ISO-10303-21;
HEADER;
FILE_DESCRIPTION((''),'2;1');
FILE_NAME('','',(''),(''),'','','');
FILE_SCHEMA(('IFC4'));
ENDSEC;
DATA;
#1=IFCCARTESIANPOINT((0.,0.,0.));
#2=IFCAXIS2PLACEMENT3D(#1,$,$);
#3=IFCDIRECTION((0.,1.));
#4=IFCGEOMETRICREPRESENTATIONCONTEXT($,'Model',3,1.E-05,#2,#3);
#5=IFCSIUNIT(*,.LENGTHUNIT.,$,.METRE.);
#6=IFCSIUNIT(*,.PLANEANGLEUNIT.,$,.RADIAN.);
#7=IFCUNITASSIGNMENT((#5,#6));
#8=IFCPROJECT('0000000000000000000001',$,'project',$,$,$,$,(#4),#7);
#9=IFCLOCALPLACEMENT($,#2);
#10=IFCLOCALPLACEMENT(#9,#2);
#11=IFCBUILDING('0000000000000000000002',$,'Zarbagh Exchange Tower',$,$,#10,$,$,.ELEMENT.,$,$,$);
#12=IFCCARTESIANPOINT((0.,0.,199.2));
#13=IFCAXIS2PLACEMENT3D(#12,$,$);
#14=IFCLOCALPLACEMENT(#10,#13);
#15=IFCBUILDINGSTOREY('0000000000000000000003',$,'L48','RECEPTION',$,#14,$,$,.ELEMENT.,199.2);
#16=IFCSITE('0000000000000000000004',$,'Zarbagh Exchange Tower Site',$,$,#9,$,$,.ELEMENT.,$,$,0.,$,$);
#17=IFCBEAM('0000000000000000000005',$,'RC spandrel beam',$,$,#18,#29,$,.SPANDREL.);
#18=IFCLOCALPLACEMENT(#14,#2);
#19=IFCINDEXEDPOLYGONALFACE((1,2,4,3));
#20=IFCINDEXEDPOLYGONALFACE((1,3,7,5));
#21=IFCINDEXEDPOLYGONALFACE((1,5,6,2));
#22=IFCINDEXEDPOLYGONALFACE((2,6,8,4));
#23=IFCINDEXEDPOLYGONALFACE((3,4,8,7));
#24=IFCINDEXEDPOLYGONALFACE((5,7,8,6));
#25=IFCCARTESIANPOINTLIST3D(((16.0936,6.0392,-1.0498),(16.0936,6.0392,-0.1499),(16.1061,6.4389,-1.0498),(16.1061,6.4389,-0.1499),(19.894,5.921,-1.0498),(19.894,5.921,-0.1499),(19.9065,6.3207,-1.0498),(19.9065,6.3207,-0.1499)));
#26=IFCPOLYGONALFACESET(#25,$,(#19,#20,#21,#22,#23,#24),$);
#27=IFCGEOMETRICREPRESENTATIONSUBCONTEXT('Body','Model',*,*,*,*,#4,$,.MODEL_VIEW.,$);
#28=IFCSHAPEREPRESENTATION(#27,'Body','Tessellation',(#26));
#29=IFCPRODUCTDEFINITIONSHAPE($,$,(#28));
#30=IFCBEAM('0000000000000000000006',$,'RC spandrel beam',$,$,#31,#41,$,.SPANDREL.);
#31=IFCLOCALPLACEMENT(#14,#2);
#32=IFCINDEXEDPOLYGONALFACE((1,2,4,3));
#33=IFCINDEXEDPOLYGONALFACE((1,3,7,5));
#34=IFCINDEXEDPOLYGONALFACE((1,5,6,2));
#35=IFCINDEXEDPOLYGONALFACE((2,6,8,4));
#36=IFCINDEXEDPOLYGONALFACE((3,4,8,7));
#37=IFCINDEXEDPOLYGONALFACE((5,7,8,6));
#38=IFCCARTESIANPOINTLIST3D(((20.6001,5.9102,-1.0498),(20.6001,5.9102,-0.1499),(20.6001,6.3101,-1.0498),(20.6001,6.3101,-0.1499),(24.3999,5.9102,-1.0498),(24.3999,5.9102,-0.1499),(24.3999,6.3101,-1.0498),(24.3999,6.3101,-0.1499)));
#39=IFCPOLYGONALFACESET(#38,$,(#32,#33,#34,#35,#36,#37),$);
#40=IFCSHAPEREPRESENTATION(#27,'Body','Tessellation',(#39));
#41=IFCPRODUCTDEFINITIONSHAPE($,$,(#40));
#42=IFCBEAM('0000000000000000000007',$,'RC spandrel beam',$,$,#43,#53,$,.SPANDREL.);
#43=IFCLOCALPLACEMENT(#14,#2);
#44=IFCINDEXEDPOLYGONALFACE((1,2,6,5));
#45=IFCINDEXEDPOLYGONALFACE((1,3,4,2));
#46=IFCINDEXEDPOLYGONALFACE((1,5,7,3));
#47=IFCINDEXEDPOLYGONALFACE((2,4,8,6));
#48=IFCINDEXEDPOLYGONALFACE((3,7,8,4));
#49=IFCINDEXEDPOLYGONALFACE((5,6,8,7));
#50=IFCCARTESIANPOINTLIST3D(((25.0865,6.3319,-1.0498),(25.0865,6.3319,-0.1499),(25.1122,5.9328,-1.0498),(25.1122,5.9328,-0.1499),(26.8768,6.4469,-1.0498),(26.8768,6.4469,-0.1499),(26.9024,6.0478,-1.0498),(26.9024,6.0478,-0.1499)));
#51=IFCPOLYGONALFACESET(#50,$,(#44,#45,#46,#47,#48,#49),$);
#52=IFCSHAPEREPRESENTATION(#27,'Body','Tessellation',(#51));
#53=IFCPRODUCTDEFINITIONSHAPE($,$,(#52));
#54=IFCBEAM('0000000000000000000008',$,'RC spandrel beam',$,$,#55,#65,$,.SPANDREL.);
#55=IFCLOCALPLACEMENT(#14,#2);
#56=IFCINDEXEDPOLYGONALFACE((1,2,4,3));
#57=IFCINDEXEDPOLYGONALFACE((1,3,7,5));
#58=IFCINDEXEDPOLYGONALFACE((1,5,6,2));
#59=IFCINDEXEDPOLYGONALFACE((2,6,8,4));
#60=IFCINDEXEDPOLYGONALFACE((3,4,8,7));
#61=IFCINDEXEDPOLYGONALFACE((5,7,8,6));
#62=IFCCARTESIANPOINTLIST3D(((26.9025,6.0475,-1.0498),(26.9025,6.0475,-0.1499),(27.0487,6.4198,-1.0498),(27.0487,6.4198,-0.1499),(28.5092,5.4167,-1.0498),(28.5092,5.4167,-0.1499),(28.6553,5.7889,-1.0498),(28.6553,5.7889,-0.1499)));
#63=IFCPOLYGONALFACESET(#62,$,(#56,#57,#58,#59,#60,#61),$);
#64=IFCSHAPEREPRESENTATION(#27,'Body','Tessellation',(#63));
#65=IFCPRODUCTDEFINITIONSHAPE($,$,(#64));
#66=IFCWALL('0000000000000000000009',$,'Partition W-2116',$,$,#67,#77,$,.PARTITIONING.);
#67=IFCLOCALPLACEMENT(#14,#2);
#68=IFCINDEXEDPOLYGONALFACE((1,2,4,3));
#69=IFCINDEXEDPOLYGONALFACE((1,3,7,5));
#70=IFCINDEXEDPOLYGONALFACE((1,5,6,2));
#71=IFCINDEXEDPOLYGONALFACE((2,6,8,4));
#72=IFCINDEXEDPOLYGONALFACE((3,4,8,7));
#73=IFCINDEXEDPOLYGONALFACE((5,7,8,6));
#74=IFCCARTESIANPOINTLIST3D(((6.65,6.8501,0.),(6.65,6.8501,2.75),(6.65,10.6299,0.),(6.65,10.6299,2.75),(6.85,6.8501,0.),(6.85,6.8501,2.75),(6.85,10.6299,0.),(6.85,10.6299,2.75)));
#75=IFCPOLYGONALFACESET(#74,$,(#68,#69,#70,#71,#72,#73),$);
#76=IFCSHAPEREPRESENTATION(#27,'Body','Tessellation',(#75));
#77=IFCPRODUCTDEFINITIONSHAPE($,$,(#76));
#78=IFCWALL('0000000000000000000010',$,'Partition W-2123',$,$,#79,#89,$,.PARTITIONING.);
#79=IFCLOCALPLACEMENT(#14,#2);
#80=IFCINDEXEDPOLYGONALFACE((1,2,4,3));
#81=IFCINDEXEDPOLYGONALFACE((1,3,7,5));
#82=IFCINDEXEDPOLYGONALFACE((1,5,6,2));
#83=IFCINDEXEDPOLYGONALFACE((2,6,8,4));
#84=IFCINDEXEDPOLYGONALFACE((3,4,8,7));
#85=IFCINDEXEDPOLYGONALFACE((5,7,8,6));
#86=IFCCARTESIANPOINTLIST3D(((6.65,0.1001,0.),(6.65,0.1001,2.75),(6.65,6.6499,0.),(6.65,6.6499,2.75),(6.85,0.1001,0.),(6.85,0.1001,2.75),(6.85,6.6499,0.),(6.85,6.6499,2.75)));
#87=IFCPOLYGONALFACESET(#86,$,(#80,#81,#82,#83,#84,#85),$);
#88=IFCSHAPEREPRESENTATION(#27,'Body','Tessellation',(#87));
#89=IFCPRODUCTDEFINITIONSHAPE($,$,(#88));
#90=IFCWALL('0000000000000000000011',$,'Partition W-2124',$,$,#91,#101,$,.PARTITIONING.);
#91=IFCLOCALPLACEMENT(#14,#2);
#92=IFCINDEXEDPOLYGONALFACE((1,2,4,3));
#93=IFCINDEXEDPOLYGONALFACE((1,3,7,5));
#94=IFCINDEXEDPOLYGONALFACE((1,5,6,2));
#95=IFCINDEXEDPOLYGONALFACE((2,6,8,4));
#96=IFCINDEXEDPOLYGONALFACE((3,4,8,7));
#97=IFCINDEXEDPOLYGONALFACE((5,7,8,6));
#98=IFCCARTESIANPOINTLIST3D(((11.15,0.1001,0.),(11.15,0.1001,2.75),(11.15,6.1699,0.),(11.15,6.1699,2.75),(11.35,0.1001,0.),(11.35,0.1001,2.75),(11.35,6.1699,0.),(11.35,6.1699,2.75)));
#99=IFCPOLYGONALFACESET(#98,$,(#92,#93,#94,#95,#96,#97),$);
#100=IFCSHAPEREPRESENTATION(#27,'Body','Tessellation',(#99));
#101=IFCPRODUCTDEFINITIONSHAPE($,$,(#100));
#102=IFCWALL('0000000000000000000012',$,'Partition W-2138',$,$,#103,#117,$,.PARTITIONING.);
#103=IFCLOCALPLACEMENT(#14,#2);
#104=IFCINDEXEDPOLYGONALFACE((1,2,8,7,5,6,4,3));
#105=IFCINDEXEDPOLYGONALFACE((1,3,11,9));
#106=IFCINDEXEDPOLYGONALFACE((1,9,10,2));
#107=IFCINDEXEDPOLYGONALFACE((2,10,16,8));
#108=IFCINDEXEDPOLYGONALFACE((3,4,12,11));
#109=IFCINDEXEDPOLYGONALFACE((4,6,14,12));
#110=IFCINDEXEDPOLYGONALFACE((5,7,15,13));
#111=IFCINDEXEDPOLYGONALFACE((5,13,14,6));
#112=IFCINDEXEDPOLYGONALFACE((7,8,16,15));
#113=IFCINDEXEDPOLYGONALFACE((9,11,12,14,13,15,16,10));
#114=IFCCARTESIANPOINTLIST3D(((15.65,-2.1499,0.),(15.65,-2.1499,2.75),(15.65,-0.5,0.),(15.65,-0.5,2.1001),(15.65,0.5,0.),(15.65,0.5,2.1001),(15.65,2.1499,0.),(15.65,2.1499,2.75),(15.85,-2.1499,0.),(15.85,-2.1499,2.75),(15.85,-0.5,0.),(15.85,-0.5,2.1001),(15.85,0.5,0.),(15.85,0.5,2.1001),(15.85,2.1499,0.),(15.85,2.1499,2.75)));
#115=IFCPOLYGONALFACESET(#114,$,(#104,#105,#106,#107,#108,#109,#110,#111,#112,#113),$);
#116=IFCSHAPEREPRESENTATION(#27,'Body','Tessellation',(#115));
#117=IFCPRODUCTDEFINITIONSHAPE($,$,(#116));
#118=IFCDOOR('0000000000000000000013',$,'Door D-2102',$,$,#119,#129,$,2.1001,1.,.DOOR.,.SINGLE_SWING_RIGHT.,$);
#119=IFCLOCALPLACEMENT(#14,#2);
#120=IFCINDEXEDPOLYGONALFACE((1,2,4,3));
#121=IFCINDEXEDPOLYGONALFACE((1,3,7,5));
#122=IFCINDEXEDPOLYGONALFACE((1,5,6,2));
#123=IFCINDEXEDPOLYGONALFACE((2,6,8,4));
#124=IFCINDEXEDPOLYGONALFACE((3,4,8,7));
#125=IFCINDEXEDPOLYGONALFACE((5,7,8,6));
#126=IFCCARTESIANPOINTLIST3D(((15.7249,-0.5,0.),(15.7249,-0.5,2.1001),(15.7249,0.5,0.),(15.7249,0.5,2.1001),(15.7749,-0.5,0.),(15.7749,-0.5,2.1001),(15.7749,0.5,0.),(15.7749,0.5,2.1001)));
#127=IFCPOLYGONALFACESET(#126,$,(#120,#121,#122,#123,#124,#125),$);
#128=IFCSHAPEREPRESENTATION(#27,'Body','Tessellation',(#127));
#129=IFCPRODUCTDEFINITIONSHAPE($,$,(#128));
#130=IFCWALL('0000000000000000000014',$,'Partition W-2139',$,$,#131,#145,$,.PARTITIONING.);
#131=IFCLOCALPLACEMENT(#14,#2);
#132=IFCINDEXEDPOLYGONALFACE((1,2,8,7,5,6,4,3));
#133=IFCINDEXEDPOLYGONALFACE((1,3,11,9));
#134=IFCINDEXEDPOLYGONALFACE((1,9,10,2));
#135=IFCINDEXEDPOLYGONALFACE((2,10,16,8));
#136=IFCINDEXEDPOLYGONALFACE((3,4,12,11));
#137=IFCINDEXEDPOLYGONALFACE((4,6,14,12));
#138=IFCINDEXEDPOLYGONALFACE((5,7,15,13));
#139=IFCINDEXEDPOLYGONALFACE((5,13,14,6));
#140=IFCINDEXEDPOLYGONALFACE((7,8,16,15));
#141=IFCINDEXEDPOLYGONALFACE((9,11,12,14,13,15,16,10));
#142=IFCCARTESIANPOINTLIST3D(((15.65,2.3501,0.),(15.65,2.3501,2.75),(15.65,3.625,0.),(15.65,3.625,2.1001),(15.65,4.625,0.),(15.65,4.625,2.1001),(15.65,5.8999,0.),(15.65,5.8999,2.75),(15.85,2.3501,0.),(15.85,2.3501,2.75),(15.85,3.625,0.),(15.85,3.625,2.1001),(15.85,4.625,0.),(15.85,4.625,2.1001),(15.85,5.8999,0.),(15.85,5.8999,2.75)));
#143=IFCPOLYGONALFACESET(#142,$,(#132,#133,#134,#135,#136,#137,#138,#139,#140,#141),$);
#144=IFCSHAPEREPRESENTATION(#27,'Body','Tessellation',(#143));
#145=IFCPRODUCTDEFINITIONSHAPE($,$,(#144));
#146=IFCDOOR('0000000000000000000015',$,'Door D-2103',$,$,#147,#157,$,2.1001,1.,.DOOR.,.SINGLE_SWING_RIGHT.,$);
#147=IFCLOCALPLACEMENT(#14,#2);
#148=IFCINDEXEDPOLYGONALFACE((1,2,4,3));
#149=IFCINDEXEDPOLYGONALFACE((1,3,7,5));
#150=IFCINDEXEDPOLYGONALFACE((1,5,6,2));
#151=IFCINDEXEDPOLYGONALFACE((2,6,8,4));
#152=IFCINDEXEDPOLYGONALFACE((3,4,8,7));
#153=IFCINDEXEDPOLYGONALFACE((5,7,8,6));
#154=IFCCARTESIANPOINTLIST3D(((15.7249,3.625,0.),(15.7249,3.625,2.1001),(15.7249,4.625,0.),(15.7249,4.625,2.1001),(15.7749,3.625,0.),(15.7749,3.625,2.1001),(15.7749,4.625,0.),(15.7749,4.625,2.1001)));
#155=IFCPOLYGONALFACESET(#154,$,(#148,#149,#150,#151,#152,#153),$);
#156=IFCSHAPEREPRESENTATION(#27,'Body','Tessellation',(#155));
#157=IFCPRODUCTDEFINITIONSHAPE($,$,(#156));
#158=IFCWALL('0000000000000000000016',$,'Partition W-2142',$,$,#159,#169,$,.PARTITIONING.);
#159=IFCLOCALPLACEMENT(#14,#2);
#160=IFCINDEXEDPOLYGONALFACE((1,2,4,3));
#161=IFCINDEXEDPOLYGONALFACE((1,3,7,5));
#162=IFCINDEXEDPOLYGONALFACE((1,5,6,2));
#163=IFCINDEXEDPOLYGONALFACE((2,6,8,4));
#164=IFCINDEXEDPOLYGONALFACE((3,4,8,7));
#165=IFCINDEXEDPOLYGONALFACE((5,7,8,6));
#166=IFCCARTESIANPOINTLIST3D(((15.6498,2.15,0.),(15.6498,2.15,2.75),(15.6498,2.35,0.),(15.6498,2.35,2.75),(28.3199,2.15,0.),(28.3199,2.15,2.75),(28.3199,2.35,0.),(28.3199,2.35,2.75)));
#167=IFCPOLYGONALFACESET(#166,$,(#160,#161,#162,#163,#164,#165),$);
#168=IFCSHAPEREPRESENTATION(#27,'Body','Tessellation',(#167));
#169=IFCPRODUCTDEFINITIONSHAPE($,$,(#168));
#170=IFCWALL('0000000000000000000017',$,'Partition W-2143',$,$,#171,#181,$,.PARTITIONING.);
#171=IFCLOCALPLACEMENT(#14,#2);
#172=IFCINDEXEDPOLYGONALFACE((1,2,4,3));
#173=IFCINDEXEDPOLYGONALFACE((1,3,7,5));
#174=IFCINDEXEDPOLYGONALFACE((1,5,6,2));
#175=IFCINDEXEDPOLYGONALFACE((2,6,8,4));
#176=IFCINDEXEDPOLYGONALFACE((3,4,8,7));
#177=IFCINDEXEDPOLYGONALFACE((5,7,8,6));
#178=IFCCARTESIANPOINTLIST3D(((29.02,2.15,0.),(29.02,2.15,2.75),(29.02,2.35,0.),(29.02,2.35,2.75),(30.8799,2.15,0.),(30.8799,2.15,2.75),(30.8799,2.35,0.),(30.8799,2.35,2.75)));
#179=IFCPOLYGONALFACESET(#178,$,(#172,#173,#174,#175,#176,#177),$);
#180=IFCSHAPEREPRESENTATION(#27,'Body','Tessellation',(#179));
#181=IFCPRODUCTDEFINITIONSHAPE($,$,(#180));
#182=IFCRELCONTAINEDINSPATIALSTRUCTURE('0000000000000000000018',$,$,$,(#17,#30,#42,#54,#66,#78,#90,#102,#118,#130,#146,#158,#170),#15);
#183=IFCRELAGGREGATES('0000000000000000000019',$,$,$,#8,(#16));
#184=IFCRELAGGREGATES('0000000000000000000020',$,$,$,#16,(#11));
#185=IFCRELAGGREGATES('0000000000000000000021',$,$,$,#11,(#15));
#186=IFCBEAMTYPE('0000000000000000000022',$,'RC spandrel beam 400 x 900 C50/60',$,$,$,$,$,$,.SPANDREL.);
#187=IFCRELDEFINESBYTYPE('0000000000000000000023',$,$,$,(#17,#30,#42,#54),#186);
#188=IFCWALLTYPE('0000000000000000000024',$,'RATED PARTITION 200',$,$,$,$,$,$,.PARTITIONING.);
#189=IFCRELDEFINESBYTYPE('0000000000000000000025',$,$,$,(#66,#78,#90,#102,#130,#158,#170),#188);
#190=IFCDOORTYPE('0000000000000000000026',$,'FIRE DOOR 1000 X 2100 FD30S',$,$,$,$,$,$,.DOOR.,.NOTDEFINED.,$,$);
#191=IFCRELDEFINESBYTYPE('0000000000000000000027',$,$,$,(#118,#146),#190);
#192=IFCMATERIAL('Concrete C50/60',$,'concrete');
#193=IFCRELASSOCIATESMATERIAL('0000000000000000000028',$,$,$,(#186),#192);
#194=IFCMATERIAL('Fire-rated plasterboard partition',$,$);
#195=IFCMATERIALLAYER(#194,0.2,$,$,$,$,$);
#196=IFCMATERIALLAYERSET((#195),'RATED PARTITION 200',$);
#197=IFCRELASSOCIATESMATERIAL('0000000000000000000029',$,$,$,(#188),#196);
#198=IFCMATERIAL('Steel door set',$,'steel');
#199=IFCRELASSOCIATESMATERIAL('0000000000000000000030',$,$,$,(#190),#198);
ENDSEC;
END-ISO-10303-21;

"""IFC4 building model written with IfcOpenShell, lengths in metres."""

from ifc_helpers import new_model, si_unit, direction, frame, frame_2d, origin, origin_2d, place, context, subcontext, project, spatial, rectangle, extrude, material, layer, layer_set, material_profile, profile_set, type_object, element, fill, save


model = new_model("IFC4")

# Units and contexts
model_context = context("Model", 3, precision=1e-05, world=origin(), true_north=direction((0.0, 1.0)))
body_context = subcontext(model_context, "Body", "Model", "MODEL_VIEW")
ifc_project = project(units=[si_unit("LENGTHUNIT", "METRE"), si_unit("PLANEANGLEUNIT", "RADIAN")], contexts=[model_context])

# Site, building, storey
site_placement = place(None, origin())
site = spatial("IfcSite", under=ifc_project, at=site_placement, Name="Zarbagh Exchange Tower Site", CompositionType="ELEMENT", RefElevation=0.0)
building_placement = place(site_placement, origin())
building = spatial("IfcBuilding", under=site, at=building_placement, Name="Zarbagh Exchange Tower", CompositionType="ELEMENT")
storey_placement = place(building_placement, frame((0.0, 0.0, 199.2)))
storey = spatial("IfcBuildingStorey", under=building, at=storey_placement, Name="L48", Description="RECEPTION", CompositionType="ELEMENT", Elevation=199.2)

# Shared definitions
ifc_material_1 = material(Name="Concrete C50/60", Category="concrete")

# Beams
ifc_material_profile_1 = material_profile(ifc_material_1, rectangle(XDim=0.3999, YDim=0.8999, at=origin_2d()), Name="RC spandrel beam 400 x 900 C50/60")
ifc_profile_set_1 = profile_set([ifc_material_profile_1], Name="Concrete C50/60")
beam_type_1 = type_object("IfcBeamType", Name="RC spandrel beam 400 x 900 C50/60", PredefinedType="SPANDREL", material=ifc_profile_set_1)
beam_1_placement = place(storey_placement, frame((16.0999, 6.239, -0.5999), z_axis=(0.999517, -0.031078, 0.0), x_axis=(0.031078, 0.999517, 0.0)))
element("IfcBeam", 1, at=beam_1_placement, inside=storey, type_object=beam_type_1, Name="RC spandrel beam", PredefinedType="SPANDREL", context=body_context, shape_type="SweptSolid", body=[
    extrude(rectangle(XDim=0.3999, YDim=0.8999, at=origin_2d()), origin(), (0.0, 0.0, 1.0), 3.8022),
])
beam_2_placement = place(storey_placement, frame((20.6001, 6.1101, -0.5999), z_axis=(1.0, 0.0, 0.0), x_axis=(0.0, 1.0, 0.0)))
element("IfcBeam", 2, at=beam_2_placement, inside=storey, type_object=beam_type_1, Name="RC spandrel beam", PredefinedType="SPANDREL", context=body_context, shape_type="SweptSolid", body=[
    extrude(rectangle(XDim=0.3999, YDim=0.8999, at=origin_2d()), origin(), (0.0, 0.0, 1.0), 3.7998),
])
beam_3_placement = place(storey_placement, frame((25.0994, 6.1323, -0.5999), z_axis=(0.997944, 0.064098, 0.0), x_axis=(-0.064098, 0.997944, 0.0)))
element("IfcBeam", 3, at=beam_3_placement, inside=storey, type_object=beam_type_1, Name="RC spandrel beam", PredefinedType="SPANDREL", context=body_context, shape_type="SweptSolid", body=[
    extrude(rectangle(XDim=0.3999, YDim=0.8999, at=origin_2d()), origin(), (0.0, 0.0, 1.0), 1.7939),
])
beam_4_placement = place(storey_placement, frame((26.9756, 6.2336, -0.5999), z_axis=(0.930819, -0.365482, 0.0), x_axis=(0.365482, 0.930819, 0.0)))
element("IfcBeam", 4, at=beam_4_placement, inside=storey, type_object=beam_type_1, Name="RC spandrel beam", PredefinedType="SPANDREL", context=body_context, shape_type="SweptSolid", body=[
    extrude(rectangle(XDim=0.3999, YDim=0.8999, at=origin_2d()), origin(), (0.0, 0.0, 1.0), 1.7261),
])

# Walls
ifc_material_2 = material(Name="Fire-rated plasterboard partition")
ifc_layer = layer(ifc_material_2, 0.2)
ifc_layer_set = layer_set([ifc_layer], Name="RATED PARTITION 200")
wall_type = type_object("IfcWallType", Name="RATED PARTITION 200", PredefinedType="PARTITIONING", material=ifc_layer_set)
wall_1_placement = place(storey_placement, frame((6.75, 6.8501, 0.0), z_axis=(0.0, 0.0, 1.0), x_axis=(0.0, 1.0, 0.0)))
element("IfcWall", 5, at=wall_1_placement, inside=storey, type_object=wall_type, Name="Partition W-2116", PredefinedType="PARTITIONING", context=body_context, shape_type="SweptSolid", body=[
    extrude(rectangle(XDim=3.7798, YDim=0.2, at=frame_2d((1.8899, 0.0))), origin(), (0.0, 0.0, 1.0), 2.75),
])
wall_2_placement = place(storey_placement, frame((6.75, 0.1001, 0.0), z_axis=(0.0, 0.0, 1.0), x_axis=(0.0, 1.0, 0.0)))
element("IfcWall", 6, at=wall_2_placement, inside=storey, type_object=wall_type, Name="Partition W-2123", PredefinedType="PARTITIONING", context=body_context, shape_type="SweptSolid", body=[
    extrude(rectangle(XDim=6.5498, YDim=0.2, at=frame_2d((3.2749, 0.0))), origin(), (0.0, 0.0, 1.0), 2.75),
])
wall_3_placement = place(storey_placement, frame((11.25, 0.1001, 0.0), z_axis=(0.0, 0.0, 1.0), x_axis=(0.0, 1.0, 0.0)))
element("IfcWall", 7, at=wall_3_placement, inside=storey, type_object=wall_type, Name="Partition W-2124", PredefinedType="PARTITIONING", context=body_context, shape_type="SweptSolid", body=[
    extrude(rectangle(XDim=6.0698, YDim=0.2, at=frame_2d((3.0349, 0.0))), origin(), (0.0, 0.0, 1.0), 2.75),
])

# Walls, openings, doors
wall_4_placement = place(storey_placement, frame((15.75, 2.1499, 0.0), z_axis=(0.0, 0.0, 1.0), x_axis=(0.0, -1.0, 0.0)))
wall_4 = element("IfcWall", 8, at=wall_4_placement, inside=storey, type_object=wall_type, Name="Partition W-2138", PredefinedType="PARTITIONING", context=body_context, shape_type="SweptSolid", body=[
    extrude(rectangle(XDim=4.2998, YDim=0.2, at=frame_2d((2.1499, 0.0))), origin(), (0.0, 0.0, 1.0), 2.75),
])
opening_1_placement = place(wall_4_placement, frame((1.6499, 0.0, 0.0)))
opening_1 = element("IfcOpeningElement", 9, at=opening_1_placement, cuts=wall_4, PredefinedType="OPENING", context=body_context, shape_type="SweptSolid", body=[
    extrude(rectangle(XDim=1.0, YDim=2.1001, at=frame_2d((0.5, 1.05))), frame((0.0, 0.1099, 0.0), z_axis=(0.0, -1.0, 0.0), x_axis=(1.0, 0.0, 0.0)), (0.0, 0.0, 1.0), 0.22),
])
ifc_material_3 = material(Name="Steel door set", Category="steel")
door_type = type_object("IfcDoorType", Name="FIRE DOOR 1000 X 2100 FD30S", OperationType="NOTDEFINED", PredefinedType="DOOR", material=ifc_material_3)
door_1_placement = place(opening_1_placement, origin())
door_1 = element("IfcDoor", 10, at=door_1_placement, inside=storey, type_object=door_type, Name="Door D-2102", OperationType="SINGLE_SWING_RIGHT", OverallHeight=2.1001, OverallWidth=1.0, PredefinedType="DOOR", context=body_context, shape_type="SweptSolid", body=[
    extrude(rectangle(XDim=1.0, YDim=2.1001, at=frame_2d((0.5, 1.05))), frame((0.0, 0.0249, 0.0), z_axis=(0.0, -1.0, 0.0), x_axis=(1.0, 0.0, 0.0)), (0.0, 0.0, 1.0), 0.05),
])
fill(opening_1, door_1)
wall_5_placement = place(storey_placement, frame((15.75, 5.8999, 0.0), z_axis=(0.0, 0.0, 1.0), x_axis=(0.0, -1.0, 0.0)))
wall_5 = element("IfcWall", 11, at=wall_5_placement, inside=storey, type_object=wall_type, Name="Partition W-2139", PredefinedType="PARTITIONING", context=body_context, shape_type="SweptSolid", body=[
    extrude(rectangle(XDim=3.5498, YDim=0.2, at=frame_2d((1.7749, 0.0))), origin(), (0.0, 0.0, 1.0), 2.75),
])
opening_2_placement = place(wall_5_placement, frame((1.2749, 0.0, 0.0)))
opening_2 = element("IfcOpeningElement", 12, at=opening_2_placement, cuts=wall_5, PredefinedType="OPENING", context=body_context, shape_type="SweptSolid", body=[
    extrude(rectangle(XDim=1.0, YDim=2.1001, at=frame_2d((0.5, 1.05))), frame((0.0, 0.1099, 0.0), z_axis=(0.0, -1.0, 0.0), x_axis=(1.0, 0.0, 0.0)), (0.0, 0.0, 1.0), 0.22),
])
door_2_placement = place(opening_2_placement, origin())
door_2 = element("IfcDoor", 13, at=door_2_placement, inside=storey, type_object=door_type, Name="Door D-2103", OperationType="SINGLE_SWING_RIGHT", OverallHeight=2.1001, OverallWidth=1.0, PredefinedType="DOOR", context=body_context, shape_type="SweptSolid", body=[
    extrude(rectangle(XDim=1.0, YDim=2.1001, at=frame_2d((0.5, 1.05))), frame((0.0, 0.0249, 0.0), z_axis=(0.0, -1.0, 0.0), x_axis=(1.0, 0.0, 0.0)), (0.0, 0.0, 1.0), 0.05),
])
fill(opening_2, door_2)

# Walls
wall_6_placement = place(storey_placement, frame((15.6499, 2.25, 0.0), z_axis=(0.0, 0.0, 1.0), x_axis=(1.0, 0.0, 0.0)))
element("IfcWall", 14, at=wall_6_placement, inside=storey, type_object=wall_type, Name="Partition W-2142", PredefinedType="PARTITIONING", context=body_context, shape_type="SweptSolid", body=[
    extrude(rectangle(XDim=12.6702, YDim=0.2, at=frame_2d((6.335, 0.0))), origin(), (0.0, 0.0, 1.0), 2.75),
])
wall_7_placement = place(storey_placement, frame((29.02, 2.25, 0.0), z_axis=(0.0, 0.0, 1.0), x_axis=(1.0, 0.0, 0.0)))
element("IfcWall", 15, at=wall_7_placement, inside=storey, type_object=wall_type, Name="Partition W-2143", PredefinedType="PARTITIONING", context=body_context, shape_type="SweptSolid", body=[
    extrude(rectangle(XDim=1.8599, YDim=0.2, at=frame_2d((0.9299, 0.0))), origin(), (0.0, 0.0, 1.0), 2.75),
])

save(model, "model.ifc")
